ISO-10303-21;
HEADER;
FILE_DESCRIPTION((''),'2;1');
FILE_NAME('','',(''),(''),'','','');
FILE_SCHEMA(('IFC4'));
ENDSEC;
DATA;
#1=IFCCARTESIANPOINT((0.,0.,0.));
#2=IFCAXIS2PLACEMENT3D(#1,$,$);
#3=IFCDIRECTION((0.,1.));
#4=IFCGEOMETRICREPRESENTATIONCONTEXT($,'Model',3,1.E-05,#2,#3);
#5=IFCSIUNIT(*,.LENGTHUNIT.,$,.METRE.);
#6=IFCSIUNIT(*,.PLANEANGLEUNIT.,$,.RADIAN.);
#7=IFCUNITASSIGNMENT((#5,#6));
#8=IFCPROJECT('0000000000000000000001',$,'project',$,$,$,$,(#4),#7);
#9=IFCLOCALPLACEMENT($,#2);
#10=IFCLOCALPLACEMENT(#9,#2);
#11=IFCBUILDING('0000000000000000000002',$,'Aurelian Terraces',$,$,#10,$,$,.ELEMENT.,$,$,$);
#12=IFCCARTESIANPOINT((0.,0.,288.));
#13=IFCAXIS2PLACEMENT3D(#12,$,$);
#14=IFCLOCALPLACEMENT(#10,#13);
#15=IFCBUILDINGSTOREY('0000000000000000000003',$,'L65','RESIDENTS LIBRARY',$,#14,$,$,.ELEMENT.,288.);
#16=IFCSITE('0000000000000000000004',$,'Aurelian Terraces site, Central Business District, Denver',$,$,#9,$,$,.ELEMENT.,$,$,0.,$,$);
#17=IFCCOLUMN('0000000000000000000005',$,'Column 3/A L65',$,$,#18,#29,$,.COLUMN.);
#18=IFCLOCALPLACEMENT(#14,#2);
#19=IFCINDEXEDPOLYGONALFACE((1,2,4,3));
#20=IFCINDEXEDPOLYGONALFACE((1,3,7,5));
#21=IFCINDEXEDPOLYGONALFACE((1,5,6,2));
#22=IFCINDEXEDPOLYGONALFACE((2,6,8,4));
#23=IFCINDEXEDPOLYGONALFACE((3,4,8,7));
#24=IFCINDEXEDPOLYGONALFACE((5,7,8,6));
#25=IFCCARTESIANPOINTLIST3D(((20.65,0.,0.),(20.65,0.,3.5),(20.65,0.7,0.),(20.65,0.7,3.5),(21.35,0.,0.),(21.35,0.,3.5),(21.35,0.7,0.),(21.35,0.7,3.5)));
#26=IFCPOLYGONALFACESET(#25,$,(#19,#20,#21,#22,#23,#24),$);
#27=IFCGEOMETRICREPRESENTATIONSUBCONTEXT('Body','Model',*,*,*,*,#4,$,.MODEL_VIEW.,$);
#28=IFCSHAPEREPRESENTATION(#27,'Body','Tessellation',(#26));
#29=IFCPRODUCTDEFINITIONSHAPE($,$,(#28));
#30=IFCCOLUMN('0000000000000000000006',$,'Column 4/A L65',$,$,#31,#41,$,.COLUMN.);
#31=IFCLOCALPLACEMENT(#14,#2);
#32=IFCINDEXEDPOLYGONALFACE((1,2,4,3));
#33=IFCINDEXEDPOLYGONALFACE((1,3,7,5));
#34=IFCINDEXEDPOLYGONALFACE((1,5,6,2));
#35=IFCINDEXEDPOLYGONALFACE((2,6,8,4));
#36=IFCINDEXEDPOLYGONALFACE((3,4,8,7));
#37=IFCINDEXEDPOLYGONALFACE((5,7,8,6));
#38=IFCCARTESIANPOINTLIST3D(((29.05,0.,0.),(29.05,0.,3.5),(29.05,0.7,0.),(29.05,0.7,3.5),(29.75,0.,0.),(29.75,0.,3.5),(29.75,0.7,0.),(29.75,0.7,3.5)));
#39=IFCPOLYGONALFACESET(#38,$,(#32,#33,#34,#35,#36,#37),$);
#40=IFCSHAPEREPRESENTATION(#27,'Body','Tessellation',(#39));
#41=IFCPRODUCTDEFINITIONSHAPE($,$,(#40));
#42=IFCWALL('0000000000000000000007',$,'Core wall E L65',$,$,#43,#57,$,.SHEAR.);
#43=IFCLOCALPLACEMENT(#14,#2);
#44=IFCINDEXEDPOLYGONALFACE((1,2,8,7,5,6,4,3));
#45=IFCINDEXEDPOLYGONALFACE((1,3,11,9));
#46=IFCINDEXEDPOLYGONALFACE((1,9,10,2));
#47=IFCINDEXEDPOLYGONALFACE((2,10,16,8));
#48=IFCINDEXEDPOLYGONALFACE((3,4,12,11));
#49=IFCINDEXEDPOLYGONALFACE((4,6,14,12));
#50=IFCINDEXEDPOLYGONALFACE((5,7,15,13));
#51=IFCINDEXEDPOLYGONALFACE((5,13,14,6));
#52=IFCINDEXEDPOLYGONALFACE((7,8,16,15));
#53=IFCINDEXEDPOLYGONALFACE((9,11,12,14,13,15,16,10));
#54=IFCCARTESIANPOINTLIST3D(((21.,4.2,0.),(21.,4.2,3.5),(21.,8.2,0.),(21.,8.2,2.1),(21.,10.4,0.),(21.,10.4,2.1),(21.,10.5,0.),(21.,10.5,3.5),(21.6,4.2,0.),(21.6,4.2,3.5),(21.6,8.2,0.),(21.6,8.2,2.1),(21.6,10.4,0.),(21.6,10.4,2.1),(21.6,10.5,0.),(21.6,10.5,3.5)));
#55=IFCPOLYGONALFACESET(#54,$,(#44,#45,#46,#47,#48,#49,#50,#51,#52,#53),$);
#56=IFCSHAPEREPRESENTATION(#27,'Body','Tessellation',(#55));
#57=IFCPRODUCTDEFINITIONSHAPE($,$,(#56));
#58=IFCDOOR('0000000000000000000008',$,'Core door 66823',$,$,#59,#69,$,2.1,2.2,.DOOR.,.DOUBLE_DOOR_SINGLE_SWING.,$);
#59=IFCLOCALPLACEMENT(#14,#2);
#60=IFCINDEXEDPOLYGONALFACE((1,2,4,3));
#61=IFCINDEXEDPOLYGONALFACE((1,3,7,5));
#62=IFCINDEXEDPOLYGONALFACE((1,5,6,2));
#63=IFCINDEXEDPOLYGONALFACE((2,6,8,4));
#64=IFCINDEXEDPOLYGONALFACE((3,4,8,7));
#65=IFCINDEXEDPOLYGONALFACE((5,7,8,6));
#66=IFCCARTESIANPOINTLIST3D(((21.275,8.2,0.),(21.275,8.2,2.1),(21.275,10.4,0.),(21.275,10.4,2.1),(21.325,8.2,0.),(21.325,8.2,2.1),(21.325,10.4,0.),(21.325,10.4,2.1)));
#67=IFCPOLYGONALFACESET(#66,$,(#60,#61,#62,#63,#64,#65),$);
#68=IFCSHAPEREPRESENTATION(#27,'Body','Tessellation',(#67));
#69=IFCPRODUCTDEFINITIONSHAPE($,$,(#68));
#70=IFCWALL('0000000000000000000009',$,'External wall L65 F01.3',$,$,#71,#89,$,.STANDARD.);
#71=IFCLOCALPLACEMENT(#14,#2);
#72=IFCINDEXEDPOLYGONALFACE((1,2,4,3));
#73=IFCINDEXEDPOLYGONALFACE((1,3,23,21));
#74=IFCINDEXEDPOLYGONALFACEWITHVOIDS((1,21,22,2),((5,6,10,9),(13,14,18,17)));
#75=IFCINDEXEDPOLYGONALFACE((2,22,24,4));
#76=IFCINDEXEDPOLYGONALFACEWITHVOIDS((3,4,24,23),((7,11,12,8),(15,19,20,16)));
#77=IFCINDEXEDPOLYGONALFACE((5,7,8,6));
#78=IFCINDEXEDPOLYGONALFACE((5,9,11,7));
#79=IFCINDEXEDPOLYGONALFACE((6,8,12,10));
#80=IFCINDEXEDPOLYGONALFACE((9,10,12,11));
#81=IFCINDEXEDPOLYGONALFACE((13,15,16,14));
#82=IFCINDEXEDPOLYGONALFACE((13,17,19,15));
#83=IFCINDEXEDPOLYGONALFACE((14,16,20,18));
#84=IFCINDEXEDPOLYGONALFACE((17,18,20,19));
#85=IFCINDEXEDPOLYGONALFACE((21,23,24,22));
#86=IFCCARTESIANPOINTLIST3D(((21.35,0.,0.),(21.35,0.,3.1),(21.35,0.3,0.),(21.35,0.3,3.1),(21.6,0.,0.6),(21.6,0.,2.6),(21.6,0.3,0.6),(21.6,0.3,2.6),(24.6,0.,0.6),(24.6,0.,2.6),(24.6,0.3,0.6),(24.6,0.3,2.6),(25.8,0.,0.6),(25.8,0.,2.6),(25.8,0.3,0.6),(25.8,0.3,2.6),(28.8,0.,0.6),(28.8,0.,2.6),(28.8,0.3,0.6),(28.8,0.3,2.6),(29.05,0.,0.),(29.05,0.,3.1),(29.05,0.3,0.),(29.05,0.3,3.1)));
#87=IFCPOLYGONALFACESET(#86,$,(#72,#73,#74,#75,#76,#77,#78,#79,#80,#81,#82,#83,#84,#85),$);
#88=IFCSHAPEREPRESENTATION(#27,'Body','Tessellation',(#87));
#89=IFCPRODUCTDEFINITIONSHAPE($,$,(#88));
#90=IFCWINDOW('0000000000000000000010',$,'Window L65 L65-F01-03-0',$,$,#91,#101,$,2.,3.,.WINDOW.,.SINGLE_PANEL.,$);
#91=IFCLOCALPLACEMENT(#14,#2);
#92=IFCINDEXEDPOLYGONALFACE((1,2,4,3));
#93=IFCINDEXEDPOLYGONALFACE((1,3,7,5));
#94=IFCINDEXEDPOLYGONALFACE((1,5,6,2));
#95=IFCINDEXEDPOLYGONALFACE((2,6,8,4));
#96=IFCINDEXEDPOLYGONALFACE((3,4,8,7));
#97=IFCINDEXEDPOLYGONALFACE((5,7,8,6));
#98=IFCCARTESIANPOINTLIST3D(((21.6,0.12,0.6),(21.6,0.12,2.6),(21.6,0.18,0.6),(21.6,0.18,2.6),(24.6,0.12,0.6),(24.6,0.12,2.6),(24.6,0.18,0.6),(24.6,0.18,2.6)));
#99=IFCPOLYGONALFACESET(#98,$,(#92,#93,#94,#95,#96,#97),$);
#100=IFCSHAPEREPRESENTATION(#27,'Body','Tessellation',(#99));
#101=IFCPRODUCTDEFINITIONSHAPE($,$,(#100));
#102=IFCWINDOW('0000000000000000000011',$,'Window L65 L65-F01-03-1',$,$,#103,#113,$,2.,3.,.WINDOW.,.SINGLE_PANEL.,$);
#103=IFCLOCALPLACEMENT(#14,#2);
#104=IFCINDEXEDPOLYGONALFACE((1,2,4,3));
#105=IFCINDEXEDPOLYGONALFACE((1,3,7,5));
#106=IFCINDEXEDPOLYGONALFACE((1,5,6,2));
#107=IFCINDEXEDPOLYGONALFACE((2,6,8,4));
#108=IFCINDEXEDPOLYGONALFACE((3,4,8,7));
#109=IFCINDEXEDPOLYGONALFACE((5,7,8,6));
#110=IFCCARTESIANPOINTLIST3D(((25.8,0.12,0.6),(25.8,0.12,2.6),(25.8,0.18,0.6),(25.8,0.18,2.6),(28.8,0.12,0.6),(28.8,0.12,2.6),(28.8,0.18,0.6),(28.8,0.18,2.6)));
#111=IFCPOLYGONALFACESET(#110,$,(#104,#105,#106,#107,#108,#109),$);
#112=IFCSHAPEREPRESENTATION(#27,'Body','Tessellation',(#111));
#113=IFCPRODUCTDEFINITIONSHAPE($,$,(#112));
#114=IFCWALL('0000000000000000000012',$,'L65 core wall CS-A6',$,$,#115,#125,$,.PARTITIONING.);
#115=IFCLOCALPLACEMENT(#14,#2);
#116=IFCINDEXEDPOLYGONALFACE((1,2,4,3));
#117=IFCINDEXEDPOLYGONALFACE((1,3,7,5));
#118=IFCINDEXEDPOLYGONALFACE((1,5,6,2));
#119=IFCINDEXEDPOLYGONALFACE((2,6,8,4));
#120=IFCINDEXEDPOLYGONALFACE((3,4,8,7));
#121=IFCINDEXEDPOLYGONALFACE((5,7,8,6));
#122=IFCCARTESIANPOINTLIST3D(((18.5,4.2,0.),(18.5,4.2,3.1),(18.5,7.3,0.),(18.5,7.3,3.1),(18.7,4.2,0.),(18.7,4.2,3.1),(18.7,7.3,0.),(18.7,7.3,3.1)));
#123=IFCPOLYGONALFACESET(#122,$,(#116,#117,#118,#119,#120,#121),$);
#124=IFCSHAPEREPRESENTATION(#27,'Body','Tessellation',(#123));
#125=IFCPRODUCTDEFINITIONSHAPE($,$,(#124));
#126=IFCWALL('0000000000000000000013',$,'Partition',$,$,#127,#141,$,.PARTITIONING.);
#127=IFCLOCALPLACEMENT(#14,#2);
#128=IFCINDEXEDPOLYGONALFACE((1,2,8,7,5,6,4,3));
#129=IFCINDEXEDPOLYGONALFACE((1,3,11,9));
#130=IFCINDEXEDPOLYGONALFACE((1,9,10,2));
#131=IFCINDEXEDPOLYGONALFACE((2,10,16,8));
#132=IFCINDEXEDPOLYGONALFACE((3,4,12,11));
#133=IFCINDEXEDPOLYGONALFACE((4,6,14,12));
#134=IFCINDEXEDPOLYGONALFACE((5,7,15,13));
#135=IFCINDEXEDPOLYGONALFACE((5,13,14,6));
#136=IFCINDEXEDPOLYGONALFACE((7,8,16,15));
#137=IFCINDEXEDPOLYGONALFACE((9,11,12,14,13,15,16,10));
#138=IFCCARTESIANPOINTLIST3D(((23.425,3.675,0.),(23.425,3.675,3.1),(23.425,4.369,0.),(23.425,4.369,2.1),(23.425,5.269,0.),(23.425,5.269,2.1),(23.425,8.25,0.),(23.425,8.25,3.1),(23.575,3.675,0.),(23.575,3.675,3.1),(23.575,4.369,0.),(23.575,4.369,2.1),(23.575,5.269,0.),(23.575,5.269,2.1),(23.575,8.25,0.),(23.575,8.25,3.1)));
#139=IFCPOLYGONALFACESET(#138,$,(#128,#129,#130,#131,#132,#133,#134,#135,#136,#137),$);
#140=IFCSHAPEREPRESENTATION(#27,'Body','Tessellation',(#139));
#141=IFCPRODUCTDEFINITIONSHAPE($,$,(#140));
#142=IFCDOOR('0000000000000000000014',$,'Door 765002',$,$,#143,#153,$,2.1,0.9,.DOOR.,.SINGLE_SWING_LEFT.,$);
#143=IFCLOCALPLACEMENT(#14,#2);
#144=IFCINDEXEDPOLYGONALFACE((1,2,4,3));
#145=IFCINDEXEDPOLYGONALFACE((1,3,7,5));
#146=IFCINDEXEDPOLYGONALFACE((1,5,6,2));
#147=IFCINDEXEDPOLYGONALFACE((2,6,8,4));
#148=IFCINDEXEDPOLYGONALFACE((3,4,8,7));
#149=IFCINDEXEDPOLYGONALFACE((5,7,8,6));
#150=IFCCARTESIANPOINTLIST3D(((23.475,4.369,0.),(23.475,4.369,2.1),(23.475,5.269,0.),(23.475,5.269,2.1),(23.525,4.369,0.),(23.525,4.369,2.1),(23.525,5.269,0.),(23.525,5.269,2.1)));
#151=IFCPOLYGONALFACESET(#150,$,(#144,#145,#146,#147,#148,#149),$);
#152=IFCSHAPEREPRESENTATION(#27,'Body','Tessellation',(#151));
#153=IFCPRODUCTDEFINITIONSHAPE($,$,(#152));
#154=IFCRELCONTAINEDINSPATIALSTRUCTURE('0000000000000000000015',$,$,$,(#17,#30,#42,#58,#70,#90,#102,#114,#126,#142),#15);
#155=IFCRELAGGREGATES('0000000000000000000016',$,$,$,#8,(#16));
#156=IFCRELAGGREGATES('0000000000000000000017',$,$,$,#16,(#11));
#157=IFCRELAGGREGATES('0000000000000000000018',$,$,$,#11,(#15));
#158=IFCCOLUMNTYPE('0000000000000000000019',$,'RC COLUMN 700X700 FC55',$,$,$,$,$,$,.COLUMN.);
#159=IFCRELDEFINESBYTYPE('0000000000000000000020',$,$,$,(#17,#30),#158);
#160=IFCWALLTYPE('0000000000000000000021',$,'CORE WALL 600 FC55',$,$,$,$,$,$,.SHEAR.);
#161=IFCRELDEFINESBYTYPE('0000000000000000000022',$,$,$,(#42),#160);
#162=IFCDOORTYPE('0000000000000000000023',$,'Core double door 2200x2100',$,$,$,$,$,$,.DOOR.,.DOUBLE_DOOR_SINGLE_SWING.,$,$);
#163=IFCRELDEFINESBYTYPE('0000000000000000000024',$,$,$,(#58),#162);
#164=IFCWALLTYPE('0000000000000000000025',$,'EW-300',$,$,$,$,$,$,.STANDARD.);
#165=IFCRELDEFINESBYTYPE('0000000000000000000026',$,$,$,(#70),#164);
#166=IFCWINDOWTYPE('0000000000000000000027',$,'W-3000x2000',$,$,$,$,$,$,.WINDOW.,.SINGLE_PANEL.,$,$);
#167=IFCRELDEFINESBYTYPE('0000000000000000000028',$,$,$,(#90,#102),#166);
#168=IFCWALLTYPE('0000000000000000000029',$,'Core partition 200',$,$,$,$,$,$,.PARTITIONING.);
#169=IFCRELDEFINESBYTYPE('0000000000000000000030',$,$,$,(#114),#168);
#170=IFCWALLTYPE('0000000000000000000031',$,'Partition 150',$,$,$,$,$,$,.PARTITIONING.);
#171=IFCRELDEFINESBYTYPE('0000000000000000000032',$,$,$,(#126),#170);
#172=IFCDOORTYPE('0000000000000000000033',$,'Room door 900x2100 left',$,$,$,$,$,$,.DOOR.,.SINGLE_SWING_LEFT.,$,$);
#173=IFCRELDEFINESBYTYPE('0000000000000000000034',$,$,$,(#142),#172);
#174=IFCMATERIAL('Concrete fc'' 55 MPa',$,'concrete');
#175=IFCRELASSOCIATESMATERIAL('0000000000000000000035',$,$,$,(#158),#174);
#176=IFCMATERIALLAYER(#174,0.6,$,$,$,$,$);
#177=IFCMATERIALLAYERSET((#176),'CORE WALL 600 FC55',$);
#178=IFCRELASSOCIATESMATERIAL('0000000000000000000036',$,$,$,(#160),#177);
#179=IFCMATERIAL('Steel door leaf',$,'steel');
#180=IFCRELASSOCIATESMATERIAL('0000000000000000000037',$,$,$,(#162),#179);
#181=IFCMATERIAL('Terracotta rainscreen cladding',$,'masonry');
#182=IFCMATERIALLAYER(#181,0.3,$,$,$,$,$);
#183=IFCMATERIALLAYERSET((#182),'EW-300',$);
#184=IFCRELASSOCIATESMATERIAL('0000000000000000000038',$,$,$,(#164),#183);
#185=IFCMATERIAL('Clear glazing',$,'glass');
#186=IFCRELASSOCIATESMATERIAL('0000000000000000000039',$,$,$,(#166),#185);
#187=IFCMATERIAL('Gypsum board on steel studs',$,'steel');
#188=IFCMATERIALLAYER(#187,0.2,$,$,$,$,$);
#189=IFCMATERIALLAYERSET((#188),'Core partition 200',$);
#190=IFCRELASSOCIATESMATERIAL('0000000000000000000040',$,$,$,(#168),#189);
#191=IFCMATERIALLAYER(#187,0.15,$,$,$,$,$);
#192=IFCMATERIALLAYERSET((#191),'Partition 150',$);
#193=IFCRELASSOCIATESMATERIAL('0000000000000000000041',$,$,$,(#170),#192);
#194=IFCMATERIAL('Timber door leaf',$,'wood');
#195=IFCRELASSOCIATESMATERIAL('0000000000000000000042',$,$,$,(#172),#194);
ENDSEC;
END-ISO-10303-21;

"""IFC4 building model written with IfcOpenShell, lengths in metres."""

from ifc_helpers import new_model, si_unit, direction, frame, frame_2d, origin, origin_2d, place, context, subcontext, project, spatial, rectangle, extrude, source, transform, mapped, material, layer, layer_set, material_profile, profile_set, type_object, element, fill, save


model = new_model("IFC4")

# Units and contexts
model_context = context("Model", 3, precision=1e-05, world=origin(), true_north=direction((0.0, 1.0)))
body_context = subcontext(model_context, "Body", "Model", "MODEL_VIEW")
ifc_project = project(units=[si_unit("LENGTHUNIT", "METRE"), si_unit("PLANEANGLEUNIT", "RADIAN")], contexts=[model_context])

# Site, building, storey
site_placement = place(None, origin())
site = spatial("IfcSite", under=ifc_project, at=site_placement, Name="Aurelian Terraces site, Central Business District, Denver", CompositionType="ELEMENT", RefElevation=0.0)
building_placement = place(site_placement, origin())
building = spatial("IfcBuilding", under=site, at=building_placement, Name="Aurelian Terraces", CompositionType="ELEMENT")
storey_placement = place(building_placement, frame((0.0, 0.0, 288.0)))
storey = spatial("IfcBuildingStorey", under=building, at=storey_placement, Name="L65", Description="RESIDENTS LIBRARY", CompositionType="ELEMENT", Elevation=288.0)

# Columns
ifc_material_1 = material(Name="Concrete fc' 55 MPa", Category="concrete")
ifc_material_profile = material_profile(ifc_material_1, rectangle(XDim=0.7, YDim=0.7, at=origin_2d()))
ifc_profile_set = profile_set([ifc_material_profile], Name="Concrete fc' 55 MPa")
column_type = type_object("IfcColumnType", Name="RC COLUMN 700X700 FC55", PredefinedType="COLUMN", material=ifc_profile_set)
shared_shape_1 = source(origin(), body_context, "Body", "SweptSolid", [
    extrude(rectangle(XDim=0.7, YDim=0.7, at=origin_2d()), origin(), (0.0, 0.0, 1.0), 3.5),
])
for number, where, z_axis, x_axis, name in (
    (1, (21.0, 0.35, 0.0), (0.0, 0.0, 1.0), (1.0, 0.0, 0.0), "Column 3/A L65"),
    (2, (29.4, 0.35, 0.0), (0.0, 0.0, 1.0), (1.0, 0.0, 0.0), "Column 4/A L65"),
):
    element("IfcColumn", number, at=place(storey_placement, frame(where, z_axis=z_axis, x_axis=x_axis)), inside=storey, type_object=column_type, Name=name, PredefinedType="COLUMN", context=body_context, shape_type="MappedRepresentation", body=[
        mapped(shared_shape_1, transform((0.0, 0.0, 0.0), scale=1.0)),
    ])

# Wall, opening, door
ifc_layer_1 = layer(ifc_material_1, 0.6)
ifc_layer_set_1 = layer_set([ifc_layer_1], Name="CORE WALL 600 FC55")
wall_type_1 = type_object("IfcWallType", Name="CORE WALL 600 FC55", PredefinedType="SHEAR", material=ifc_layer_set_1)
shared_shape_2 = source(origin(), body_context, "Body", "SweptSolid", [
    extrude(rectangle(XDim=6.3, YDim=0.6, at=frame_2d((3.15, 0.0))), origin(), (0.0, 0.0, 1.0), 3.5),
])
wall_1_placement = place(storey_placement, frame((21.3, 4.2, 0.0), z_axis=(0.0, 0.0, 1.0), x_axis=(0.0, 1.0, 0.0)))
wall_1 = element("IfcWall", 3, at=wall_1_placement, inside=storey, type_object=wall_type_1, Name="Core wall E L65", PredefinedType="SHEAR", context=body_context, shape_type="MappedRepresentation", body=[
    mapped(shared_shape_2, transform((0.0, 0.0, 0.0), scale=1.0)),
])
shared_shape_3 = source(origin(), body_context, "Body", "SweptSolid", [
    extrude(rectangle(XDim=2.2, YDim=2.1, at=frame_2d((1.1, 1.05))), frame((0.0, 0.31, 0.0), z_axis=(0.0, -1.0, 0.0), x_axis=(1.0, 0.0, 0.0)), (0.0, 0.0, 1.0), 0.62),
])
opening_1_placement = place(wall_1_placement, frame((4.0, 0.0, 0.0)))
opening_1 = element("IfcOpeningElement", 4, at=opening_1_placement, cuts=wall_1, PredefinedType="OPENING", context=body_context, shape_type="MappedRepresentation", body=[
    mapped(shared_shape_3, transform((0.0, 0.0, 0.0), scale=1.0)),
])
ifc_material_2 = material(Name="Steel door leaf", Category="steel")
door_type_1 = type_object("IfcDoorType", Name="Core double door 2200x2100", OperationType="DOUBLE_DOOR_SINGLE_SWING", PredefinedType="DOOR", material=ifc_material_2)
shared_shape_4 = source(origin(), body_context, "Body", "SweptSolid", [
    extrude(rectangle(XDim=2.2, YDim=2.1, at=frame_2d((1.1, 1.05))), frame((0.0, 0.025, 0.0), z_axis=(0.0, -1.0, 0.0), x_axis=(1.0, 0.0, 0.0)), (0.0, 0.0, 1.0), 0.05),
])
door_1_placement = place(opening_1_placement, origin())
door_1 = element("IfcDoor", 5, at=door_1_placement, inside=storey, type_object=door_type_1, Name="Core door 66823", OperationType="DOUBLE_DOOR_SINGLE_SWING", OverallHeight=2.1, OverallWidth=2.2, PredefinedType="DOOR", context=body_context, shape_type="MappedRepresentation", body=[
    mapped(shared_shape_4, transform((0.0, 0.0, 0.0), scale=1.0)),
])
fill(opening_1, door_1)

# Wall, openings, windows
ifc_material_3 = material(Name="Terracotta rainscreen cladding", Category="masonry")
ifc_layer_2 = layer(ifc_material_3, 0.3)
ifc_layer_set_2 = layer_set([ifc_layer_2], Name="EW-300")
wall_type_2 = type_object("IfcWallType", Name="EW-300", PredefinedType="STANDARD", material=ifc_layer_set_2)
shared_shape_5 = source(origin(), body_context, "Body", "SweptSolid", [
    extrude(rectangle(XDim=7.7, YDim=0.3, at=frame_2d((3.85, 0.0))), origin(), (0.0, 0.0, 1.0), 3.1),
])
wall_2_placement = place(storey_placement, frame((21.35, 0.15, 0.0), z_axis=(0.0, 0.0, 1.0), x_axis=(1.0, 0.0, 0.0)))
wall_2 = element("IfcWall", 6, at=wall_2_placement, inside=storey, type_object=wall_type_2, Name="External wall L65 F01.3", PredefinedType="STANDARD", context=body_context, shape_type="MappedRepresentation", body=[
    mapped(shared_shape_5, transform((0.0, 0.0, 0.0), scale=1.0)),
])
shared_shape_6 = source(origin(), body_context, "Body", "SweptSolid", [
    extrude(rectangle(XDim=3.0, YDim=2.0, at=frame_2d((1.5, 1.0))), frame((0.0, 0.16, 0.0), z_axis=(0.0, -1.0, 0.0), x_axis=(1.0, 0.0, 0.0)), (0.0, 0.0, 1.0), 0.32),
])
opening_2_placement = place(wall_2_placement, frame((0.25, 0.0, 0.6)))
opening_2 = element("IfcOpeningElement", 7, at=opening_2_placement, cuts=wall_2, PredefinedType="OPENING", context=body_context, shape_type="MappedRepresentation", body=[
    mapped(shared_shape_6, transform((0.0, 0.0, 0.0), scale=1.0)),
])
opening_3_placement = place(wall_2_placement, frame((4.45, 0.0, 0.6)))
opening_3 = element("IfcOpeningElement", 8, at=opening_3_placement, cuts=wall_2, PredefinedType="OPENING", context=body_context, shape_type="MappedRepresentation", body=[
    mapped(shared_shape_6, transform((0.0, 0.0, 0.0), scale=1.0)),
])
ifc_material_4 = material(Name="Clear glazing", Category="glass")
window_type = type_object("IfcWindowType", Name="W-3000x2000", PartitioningType="SINGLE_PANEL", PredefinedType="WINDOW", material=ifc_material_4)
shared_shape_7 = source(origin(), body_context, "Body", "SweptSolid", [
    extrude(rectangle(XDim=3.0, YDim=2.0, at=frame_2d((1.5, 1.0))), frame((0.0, 0.03, 0.0), z_axis=(0.0, -1.0, 0.0), x_axis=(1.0, 0.0, 0.0)), (0.0, 0.0, 1.0), 0.06),
])
window_1_placement = place(opening_2_placement, origin())
window_1 = element("IfcWindow", 9, at=window_1_placement, inside=storey, type_object=window_type, Name="Window L65 L65-F01-03-0", OverallHeight=2.0, OverallWidth=3.0, PartitioningType="SINGLE_PANEL", PredefinedType="WINDOW", context=body_context, shape_type="MappedRepresentation", body=[
    mapped(shared_shape_7, transform((0.0, 0.0, 0.0), scale=1.0)),
])
fill(opening_2, window_1)
window_2_placement = place(opening_3_placement, origin())
window_2 = element("IfcWindow", 10, at=window_2_placement, inside=storey, type_object=window_type, Name="Window L65 L65-F01-03-1", OverallHeight=2.0, OverallWidth=3.0, PartitioningType="SINGLE_PANEL", PredefinedType="WINDOW", context=body_context, shape_type="MappedRepresentation", body=[
    mapped(shared_shape_7, transform((0.0, 0.0, 0.0), scale=1.0)),
])
fill(opening_3, window_2)

# Wall
ifc_material_5 = material(Name="Gypsum board on steel studs", Category="steel")
ifc_layer_3 = layer(ifc_material_5, 0.2)
ifc_layer_set_3 = layer_set([ifc_layer_3], Name="Core partition 200")
wall_type_3 = type_object("IfcWallType", Name="Core partition 200", PredefinedType="PARTITIONING", material=ifc_layer_set_3)
shared_shape_8 = source(origin(), body_context, "Body", "SweptSolid", [
    extrude(rectangle(XDim=3.1, YDim=0.2, at=frame_2d((1.55, 0.0))), origin(), (0.0, 0.0, 1.0), 3.1),
])
wall_3_placement = place(storey_placement, frame((18.6, 4.2, 0.0), z_axis=(0.0, 0.0, 1.0), x_axis=(0.0, 1.0, 0.0)))
element("IfcWall", 11, at=wall_3_placement, inside=storey, type_object=wall_type_3, Name="L65 core wall CS-A6", PredefinedType="PARTITIONING", context=body_context, shape_type="MappedRepresentation", body=[
    mapped(shared_shape_8, transform((0.0, 0.0, 0.0), scale=1.0)),
])

# Wall, opening, door
ifc_layer_4 = layer(ifc_material_5, 0.15)
ifc_layer_set_4 = layer_set([ifc_layer_4], Name="Partition 150")
wall_type_4 = type_object("IfcWallType", Name="Partition 150", PredefinedType="PARTITIONING", material=ifc_layer_set_4)
shared_shape_9 = source(origin(), body_context, "Body", "SweptSolid", [
    extrude(rectangle(XDim=4.575, YDim=0.15, at=frame_2d((2.2875, 0.0))), origin(), (0.0, 0.0, 1.0), 3.1),
])
wall_4_placement = place(storey_placement, frame((23.5, 8.25, 0.0), z_axis=(0.0, 0.0, 1.0), x_axis=(0.0, -1.0, 0.0)))
wall_4 = element("IfcWall", 12, at=wall_4_placement, inside=storey, type_object=wall_type_4, Name="Partition", PredefinedType="PARTITIONING", context=body_context, shape_type="MappedRepresentation", body=[
    mapped(shared_shape_9, transform((0.0, 0.0, 0.0), scale=1.0)),
])
shared_shape_10 = source(origin(), body_context, "Body", "SweptSolid", [
    extrude(rectangle(XDim=0.9, YDim=2.1, at=frame_2d((0.45, 1.05))), frame((0.0, 0.085, 0.0), z_axis=(0.0, -1.0, 0.0), x_axis=(1.0, 0.0, 0.0)), (0.0, 0.0, 1.0), 0.17),
])
opening_4_placement = place(wall_4_placement, frame((2.981, 0.0, 0.0)))
opening_4 = element("IfcOpeningElement", 13, at=opening_4_placement, cuts=wall_4, PredefinedType="OPENING", context=body_context, shape_type="MappedRepresentation", body=[
    mapped(shared_shape_10, transform((0.0, 0.0, 0.0), scale=1.0)),
])
ifc_material_6 = material(Name="Timber door leaf", Category="wood")
door_type_2 = type_object("IfcDoorType", Name="Room door 900x2100 left", OperationType="SINGLE_SWING_LEFT", PredefinedType="DOOR", material=ifc_material_6)
shared_shape_11 = source(origin(), body_context, "Body", "SweptSolid", [
    extrude(rectangle(XDim=0.9, YDim=2.1, at=frame_2d((0.45, 1.05))), frame((0.0, 0.025, 0.0), z_axis=(0.0, -1.0, 0.0), x_axis=(1.0, 0.0, 0.0)), (0.0, 0.0, 1.0), 0.05),
])
door_2_placement = place(opening_4_placement, origin())
door_2 = element("IfcDoor", 14, at=door_2_placement, inside=storey, type_object=door_type_2, Name="Door 765002", OperationType="SINGLE_SWING_LEFT", OverallHeight=2.1, OverallWidth=0.9, PredefinedType="DOOR", context=body_context, shape_type="MappedRepresentation", body=[
    mapped(shared_shape_11, transform((0.0, 0.0, 0.0), scale=1.0)),
])
fill(opening_4, door_2)

save(model, "model.ifc")
